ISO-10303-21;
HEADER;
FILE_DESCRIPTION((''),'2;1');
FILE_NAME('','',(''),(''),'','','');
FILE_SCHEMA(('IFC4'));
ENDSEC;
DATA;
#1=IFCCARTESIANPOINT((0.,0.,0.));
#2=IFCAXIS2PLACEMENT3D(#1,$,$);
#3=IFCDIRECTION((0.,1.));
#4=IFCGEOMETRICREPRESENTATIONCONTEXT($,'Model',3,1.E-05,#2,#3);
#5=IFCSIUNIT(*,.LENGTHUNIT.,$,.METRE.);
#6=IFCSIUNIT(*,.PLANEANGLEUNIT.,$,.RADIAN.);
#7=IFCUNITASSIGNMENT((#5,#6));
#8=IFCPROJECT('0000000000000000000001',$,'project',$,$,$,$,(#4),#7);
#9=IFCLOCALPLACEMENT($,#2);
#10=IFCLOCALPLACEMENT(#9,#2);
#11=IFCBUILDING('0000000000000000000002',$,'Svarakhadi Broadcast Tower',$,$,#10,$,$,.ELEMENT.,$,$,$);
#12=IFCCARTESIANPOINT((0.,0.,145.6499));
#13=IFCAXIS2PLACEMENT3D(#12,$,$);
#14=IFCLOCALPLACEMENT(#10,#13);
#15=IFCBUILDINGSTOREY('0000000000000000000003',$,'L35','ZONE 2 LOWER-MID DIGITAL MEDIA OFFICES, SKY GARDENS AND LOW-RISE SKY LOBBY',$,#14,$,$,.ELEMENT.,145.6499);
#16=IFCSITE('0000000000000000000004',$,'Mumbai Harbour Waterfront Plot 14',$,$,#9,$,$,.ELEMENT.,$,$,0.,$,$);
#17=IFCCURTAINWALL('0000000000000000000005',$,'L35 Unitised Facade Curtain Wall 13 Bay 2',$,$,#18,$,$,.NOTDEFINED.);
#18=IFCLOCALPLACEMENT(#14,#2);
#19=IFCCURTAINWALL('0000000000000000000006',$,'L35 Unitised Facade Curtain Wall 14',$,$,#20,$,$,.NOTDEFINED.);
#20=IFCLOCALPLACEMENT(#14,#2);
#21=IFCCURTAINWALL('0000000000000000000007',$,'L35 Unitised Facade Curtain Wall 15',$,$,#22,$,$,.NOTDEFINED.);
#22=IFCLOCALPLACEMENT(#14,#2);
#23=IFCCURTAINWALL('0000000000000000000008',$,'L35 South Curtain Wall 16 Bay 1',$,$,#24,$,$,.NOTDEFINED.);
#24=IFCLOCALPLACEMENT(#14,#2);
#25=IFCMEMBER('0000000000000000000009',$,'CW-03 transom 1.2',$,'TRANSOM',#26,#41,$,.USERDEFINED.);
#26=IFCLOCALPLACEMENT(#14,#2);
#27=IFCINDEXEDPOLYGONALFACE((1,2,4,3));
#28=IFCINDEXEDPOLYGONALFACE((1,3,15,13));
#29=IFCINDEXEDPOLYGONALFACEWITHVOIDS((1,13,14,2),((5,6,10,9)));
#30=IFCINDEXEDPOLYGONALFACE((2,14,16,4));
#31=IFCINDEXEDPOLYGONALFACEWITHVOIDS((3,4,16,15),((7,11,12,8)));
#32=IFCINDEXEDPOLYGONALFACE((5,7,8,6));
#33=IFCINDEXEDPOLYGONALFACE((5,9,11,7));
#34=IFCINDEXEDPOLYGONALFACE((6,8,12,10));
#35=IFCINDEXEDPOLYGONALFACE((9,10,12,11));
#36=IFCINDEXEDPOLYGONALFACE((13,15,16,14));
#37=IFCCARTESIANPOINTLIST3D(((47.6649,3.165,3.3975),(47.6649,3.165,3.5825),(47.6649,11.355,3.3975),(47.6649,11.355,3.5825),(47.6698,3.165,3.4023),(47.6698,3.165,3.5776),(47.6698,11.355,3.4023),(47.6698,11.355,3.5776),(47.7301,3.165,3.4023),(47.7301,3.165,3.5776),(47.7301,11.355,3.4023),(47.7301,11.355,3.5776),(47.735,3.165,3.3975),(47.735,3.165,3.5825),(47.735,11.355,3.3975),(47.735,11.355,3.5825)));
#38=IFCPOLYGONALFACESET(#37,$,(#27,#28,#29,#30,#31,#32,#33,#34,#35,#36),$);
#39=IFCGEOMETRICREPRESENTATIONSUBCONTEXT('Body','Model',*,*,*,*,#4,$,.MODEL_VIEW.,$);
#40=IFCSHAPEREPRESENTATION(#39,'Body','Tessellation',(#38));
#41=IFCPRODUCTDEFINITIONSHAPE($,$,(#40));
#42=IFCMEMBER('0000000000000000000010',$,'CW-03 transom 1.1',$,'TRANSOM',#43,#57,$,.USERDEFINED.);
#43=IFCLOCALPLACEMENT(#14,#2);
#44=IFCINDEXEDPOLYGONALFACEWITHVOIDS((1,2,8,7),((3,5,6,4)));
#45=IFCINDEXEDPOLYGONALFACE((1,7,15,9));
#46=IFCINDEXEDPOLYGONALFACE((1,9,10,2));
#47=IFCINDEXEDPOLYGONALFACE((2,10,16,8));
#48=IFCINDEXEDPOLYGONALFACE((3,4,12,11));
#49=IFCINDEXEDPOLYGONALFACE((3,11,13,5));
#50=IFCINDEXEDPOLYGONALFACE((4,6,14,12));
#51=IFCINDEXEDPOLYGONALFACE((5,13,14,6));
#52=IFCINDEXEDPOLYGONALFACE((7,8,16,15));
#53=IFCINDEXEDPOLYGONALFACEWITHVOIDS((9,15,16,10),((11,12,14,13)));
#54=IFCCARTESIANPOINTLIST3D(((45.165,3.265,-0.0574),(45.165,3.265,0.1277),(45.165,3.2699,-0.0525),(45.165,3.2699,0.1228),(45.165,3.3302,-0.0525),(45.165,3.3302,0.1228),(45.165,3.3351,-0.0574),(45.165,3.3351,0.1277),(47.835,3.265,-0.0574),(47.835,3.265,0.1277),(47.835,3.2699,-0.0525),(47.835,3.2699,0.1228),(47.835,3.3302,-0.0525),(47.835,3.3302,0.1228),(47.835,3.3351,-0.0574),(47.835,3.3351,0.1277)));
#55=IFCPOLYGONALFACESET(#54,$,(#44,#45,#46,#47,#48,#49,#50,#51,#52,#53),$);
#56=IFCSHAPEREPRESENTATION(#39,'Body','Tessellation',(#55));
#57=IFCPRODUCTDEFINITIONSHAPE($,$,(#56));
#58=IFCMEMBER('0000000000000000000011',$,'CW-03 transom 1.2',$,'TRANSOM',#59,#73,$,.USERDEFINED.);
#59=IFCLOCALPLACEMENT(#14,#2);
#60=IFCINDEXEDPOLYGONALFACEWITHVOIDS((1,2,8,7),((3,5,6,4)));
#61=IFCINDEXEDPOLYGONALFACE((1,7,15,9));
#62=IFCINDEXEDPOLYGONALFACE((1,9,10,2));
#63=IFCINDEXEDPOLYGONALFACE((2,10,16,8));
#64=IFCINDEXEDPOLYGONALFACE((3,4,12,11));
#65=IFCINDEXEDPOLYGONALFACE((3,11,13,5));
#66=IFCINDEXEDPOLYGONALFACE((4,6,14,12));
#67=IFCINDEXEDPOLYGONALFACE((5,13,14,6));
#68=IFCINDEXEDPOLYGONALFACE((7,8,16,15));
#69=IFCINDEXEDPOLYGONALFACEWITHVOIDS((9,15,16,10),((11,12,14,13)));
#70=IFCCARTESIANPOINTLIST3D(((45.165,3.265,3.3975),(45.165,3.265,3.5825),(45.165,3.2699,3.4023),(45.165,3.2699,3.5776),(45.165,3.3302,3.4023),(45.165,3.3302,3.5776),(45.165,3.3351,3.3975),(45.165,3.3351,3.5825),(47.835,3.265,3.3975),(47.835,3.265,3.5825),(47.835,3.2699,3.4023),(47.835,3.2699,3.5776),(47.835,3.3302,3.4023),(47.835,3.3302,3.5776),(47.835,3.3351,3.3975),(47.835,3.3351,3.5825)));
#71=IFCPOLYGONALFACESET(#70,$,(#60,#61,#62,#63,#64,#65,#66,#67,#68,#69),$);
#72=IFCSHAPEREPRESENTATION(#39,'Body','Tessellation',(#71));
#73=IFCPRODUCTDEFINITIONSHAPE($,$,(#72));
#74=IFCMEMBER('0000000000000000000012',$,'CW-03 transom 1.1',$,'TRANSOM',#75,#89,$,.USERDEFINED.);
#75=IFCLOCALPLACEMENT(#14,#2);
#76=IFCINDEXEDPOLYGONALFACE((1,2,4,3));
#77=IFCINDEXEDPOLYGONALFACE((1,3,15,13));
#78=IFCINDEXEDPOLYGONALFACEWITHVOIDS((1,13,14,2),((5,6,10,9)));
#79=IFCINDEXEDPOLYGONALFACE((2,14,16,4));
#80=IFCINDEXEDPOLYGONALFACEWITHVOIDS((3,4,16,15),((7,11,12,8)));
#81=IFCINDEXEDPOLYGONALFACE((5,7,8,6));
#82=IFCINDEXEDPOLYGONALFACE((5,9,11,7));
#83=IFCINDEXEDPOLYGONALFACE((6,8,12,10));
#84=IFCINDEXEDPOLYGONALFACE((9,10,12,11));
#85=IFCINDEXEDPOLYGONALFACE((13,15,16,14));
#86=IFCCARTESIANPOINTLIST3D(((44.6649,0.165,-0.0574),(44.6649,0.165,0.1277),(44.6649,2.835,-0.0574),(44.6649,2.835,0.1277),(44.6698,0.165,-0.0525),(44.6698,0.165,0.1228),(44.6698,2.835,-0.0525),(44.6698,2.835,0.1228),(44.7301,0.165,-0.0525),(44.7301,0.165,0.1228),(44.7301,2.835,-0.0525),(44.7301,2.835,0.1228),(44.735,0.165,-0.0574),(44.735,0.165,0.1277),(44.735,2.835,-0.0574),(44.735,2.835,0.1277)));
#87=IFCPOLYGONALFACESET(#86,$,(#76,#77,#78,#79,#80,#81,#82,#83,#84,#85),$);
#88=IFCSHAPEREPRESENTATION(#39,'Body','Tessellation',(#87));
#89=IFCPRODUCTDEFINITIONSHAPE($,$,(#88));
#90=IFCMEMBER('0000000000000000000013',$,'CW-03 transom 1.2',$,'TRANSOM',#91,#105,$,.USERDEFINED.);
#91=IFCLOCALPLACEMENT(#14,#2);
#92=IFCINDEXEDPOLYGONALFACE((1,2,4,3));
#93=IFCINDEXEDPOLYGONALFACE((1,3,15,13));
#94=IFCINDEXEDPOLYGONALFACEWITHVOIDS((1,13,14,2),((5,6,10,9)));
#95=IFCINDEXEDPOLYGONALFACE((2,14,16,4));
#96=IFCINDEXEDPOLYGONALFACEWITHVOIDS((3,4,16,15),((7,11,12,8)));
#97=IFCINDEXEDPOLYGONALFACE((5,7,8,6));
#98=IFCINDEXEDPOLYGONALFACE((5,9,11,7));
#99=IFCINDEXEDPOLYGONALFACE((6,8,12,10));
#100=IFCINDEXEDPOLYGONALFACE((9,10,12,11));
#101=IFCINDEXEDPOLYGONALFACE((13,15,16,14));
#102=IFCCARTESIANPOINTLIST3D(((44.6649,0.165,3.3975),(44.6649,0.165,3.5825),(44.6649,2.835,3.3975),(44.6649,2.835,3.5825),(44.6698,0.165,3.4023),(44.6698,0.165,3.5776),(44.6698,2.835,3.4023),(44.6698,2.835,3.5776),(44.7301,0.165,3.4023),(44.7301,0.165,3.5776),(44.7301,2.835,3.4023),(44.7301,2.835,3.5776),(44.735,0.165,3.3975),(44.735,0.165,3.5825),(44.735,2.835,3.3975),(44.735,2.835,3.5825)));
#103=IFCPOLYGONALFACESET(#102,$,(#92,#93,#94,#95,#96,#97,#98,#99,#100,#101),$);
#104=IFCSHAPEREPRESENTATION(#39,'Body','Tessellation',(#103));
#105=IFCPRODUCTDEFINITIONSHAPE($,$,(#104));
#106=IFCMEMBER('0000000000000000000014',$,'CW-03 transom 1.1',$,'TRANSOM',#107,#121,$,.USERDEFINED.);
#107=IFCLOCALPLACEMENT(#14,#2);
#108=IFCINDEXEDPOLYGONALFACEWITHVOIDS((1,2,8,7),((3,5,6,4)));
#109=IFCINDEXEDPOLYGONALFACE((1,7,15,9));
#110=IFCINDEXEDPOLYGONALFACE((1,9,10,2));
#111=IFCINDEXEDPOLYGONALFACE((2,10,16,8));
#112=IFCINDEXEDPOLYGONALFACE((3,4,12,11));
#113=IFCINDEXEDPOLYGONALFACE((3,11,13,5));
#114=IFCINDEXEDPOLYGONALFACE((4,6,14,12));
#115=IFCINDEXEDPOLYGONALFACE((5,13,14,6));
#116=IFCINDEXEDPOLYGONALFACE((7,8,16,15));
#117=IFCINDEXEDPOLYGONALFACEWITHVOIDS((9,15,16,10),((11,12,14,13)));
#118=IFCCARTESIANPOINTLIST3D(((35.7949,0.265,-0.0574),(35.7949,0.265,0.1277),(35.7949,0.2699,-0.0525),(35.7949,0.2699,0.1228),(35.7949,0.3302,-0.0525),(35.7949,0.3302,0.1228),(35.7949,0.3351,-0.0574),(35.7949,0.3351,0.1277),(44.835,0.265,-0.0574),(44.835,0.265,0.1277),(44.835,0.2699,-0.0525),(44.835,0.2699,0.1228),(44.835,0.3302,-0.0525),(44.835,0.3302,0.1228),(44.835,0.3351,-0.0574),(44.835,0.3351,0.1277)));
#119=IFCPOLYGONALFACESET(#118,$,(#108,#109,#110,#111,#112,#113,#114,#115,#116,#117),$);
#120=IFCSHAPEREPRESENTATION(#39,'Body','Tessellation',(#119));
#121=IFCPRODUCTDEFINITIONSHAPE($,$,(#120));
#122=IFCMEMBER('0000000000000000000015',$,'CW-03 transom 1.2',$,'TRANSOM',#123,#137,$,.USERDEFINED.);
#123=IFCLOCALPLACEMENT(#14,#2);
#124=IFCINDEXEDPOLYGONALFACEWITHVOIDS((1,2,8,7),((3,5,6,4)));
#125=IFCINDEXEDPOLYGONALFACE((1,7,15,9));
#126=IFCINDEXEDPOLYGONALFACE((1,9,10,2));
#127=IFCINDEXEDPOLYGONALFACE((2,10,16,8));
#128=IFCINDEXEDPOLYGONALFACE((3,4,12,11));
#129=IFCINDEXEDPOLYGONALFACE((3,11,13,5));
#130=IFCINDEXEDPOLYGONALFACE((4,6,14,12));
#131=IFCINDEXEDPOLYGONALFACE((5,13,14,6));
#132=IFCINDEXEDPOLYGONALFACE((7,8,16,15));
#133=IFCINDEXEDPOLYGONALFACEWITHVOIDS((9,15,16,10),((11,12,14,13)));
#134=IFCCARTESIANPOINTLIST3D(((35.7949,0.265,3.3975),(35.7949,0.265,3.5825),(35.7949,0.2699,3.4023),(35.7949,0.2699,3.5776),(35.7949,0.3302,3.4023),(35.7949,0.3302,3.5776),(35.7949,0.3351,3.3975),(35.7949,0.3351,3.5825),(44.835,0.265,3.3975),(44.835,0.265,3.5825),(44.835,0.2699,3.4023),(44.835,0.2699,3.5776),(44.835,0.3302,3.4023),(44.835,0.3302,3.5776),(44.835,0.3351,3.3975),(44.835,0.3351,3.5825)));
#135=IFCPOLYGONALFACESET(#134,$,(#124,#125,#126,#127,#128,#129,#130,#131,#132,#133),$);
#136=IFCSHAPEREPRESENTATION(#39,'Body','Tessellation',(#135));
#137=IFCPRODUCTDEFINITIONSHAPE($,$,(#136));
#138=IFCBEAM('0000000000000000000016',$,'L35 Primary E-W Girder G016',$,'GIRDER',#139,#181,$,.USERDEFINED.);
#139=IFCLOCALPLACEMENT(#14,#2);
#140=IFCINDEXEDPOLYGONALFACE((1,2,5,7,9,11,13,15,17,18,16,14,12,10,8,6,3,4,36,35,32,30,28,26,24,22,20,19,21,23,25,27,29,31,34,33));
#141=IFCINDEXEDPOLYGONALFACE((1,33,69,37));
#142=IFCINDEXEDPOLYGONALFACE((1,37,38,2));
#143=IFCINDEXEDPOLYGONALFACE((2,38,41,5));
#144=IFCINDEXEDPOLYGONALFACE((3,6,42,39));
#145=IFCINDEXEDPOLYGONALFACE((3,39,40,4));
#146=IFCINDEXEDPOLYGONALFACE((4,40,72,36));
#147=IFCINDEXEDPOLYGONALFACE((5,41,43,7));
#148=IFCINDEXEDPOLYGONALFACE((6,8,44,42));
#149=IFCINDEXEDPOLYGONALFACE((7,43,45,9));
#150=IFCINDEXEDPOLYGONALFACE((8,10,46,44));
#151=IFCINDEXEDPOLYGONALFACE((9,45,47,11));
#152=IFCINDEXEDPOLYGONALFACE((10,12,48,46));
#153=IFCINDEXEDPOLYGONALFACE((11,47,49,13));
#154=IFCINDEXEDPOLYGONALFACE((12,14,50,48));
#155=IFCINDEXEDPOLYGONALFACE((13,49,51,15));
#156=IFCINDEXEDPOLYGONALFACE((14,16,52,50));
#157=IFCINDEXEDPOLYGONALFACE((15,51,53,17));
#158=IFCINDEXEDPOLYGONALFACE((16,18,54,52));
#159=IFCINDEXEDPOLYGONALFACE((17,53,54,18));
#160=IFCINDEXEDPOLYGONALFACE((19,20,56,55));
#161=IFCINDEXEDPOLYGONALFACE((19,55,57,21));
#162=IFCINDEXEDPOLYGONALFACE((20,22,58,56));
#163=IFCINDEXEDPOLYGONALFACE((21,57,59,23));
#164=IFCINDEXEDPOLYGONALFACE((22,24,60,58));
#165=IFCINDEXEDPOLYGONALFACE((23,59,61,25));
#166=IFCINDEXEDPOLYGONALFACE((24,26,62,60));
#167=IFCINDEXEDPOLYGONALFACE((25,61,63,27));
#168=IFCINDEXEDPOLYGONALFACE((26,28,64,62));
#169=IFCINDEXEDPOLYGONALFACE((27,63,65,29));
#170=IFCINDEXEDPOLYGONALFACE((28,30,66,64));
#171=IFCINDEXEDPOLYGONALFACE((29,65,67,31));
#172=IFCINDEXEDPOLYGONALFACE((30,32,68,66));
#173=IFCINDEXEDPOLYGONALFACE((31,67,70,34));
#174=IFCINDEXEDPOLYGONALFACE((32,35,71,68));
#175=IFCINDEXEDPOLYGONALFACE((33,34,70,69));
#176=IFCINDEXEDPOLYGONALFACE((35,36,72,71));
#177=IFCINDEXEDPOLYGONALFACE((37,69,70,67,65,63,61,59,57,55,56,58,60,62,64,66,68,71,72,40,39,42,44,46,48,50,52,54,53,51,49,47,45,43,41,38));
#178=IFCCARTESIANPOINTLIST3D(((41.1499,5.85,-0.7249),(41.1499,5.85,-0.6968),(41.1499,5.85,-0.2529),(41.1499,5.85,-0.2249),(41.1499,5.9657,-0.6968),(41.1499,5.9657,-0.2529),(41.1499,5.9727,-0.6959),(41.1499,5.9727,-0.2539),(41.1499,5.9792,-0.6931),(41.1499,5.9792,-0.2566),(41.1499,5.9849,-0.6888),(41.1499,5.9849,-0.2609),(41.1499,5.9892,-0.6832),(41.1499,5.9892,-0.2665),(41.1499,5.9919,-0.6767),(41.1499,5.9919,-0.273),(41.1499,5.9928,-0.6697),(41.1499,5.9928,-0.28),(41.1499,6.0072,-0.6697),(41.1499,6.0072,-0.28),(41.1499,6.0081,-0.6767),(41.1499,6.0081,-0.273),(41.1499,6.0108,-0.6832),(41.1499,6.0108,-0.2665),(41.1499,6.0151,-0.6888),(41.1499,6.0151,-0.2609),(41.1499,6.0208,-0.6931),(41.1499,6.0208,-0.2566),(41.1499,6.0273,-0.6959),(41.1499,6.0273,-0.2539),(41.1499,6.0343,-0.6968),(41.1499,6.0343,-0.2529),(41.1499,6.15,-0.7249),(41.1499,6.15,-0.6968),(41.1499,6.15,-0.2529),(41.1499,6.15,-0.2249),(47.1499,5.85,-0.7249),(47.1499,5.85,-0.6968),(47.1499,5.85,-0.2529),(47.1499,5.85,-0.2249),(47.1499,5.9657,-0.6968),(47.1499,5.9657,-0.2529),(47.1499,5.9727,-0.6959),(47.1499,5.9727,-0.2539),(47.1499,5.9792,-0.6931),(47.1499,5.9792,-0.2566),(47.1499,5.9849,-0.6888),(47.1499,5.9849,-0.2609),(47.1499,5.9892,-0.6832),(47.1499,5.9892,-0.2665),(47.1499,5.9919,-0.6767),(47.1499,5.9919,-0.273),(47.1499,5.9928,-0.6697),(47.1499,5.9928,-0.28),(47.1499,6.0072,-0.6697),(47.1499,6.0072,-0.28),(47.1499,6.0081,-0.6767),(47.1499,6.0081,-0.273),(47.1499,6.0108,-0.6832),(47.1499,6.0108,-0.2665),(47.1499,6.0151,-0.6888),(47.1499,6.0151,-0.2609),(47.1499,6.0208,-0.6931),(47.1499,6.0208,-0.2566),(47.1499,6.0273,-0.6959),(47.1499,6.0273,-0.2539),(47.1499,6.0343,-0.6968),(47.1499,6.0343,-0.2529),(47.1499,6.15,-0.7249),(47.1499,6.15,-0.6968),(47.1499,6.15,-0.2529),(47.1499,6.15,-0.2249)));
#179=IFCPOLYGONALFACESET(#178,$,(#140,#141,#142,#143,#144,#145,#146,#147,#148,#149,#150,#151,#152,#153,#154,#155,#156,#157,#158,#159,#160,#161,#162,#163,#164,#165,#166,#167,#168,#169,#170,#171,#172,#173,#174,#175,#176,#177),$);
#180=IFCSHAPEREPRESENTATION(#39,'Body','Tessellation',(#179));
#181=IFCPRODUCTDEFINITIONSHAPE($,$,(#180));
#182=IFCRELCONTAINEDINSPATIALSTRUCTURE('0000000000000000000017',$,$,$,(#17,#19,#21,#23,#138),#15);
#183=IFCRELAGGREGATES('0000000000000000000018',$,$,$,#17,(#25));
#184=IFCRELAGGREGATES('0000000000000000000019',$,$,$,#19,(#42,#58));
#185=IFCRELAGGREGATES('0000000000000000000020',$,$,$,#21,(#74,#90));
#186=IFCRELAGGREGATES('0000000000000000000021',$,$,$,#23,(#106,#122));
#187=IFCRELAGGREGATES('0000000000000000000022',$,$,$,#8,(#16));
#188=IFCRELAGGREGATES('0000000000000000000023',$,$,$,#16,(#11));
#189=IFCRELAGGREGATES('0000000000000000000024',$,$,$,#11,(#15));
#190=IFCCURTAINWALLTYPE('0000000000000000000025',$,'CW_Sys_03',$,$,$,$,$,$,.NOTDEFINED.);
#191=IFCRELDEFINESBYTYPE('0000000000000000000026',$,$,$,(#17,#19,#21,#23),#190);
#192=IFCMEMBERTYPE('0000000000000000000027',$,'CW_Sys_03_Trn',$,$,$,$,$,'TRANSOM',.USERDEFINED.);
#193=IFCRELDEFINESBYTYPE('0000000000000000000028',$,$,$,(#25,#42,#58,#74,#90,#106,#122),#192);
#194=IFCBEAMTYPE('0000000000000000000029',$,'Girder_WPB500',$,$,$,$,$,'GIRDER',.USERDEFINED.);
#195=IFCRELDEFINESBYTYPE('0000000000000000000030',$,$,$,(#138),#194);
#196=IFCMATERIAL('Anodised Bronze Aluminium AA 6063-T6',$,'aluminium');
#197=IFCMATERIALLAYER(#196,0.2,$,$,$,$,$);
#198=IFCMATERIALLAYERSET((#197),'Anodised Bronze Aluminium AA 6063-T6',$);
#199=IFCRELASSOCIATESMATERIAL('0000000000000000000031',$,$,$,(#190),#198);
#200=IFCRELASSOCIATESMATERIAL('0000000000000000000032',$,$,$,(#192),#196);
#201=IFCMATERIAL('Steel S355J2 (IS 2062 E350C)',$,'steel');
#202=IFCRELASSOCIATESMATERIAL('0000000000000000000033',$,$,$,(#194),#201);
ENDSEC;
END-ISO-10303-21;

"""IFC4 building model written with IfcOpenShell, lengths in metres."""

from ifc_helpers import new_model, si_unit, direction, frame, origin, origin_2d, place, context, subcontext, project, spatial, hollow_rectangle, i_section, extrude, material, layer, layer_set, material_profile, profile_set, type_object, element, aggregate, save


model = new_model("IFC4")

# Units and contexts
model_context = context("Model", 3, precision=1e-05, world=origin(), true_north=direction((0.0, 1.0)))
body_context = subcontext(model_context, "Body", "Model", "MODEL_VIEW")
ifc_project = project(units=[si_unit("LENGTHUNIT", "METRE"), si_unit("PLANEANGLEUNIT", "RADIAN")], contexts=[model_context])

# Site, building, storey
site_placement = place(None, origin())
site = spatial("IfcSite", under=ifc_project, at=site_placement, Name="Mumbai Harbour Waterfront Plot 14", CompositionType="ELEMENT", RefElevation=0.0)
building_placement = place(site_placement, origin())
building = spatial("IfcBuilding", under=site, at=building_placement, Name="Svarakhadi Broadcast Tower", CompositionType="ELEMENT")
storey_placement = place(building_placement, frame((0.0, 0.0, 145.6499)))
storey = spatial("IfcBuildingStorey", under=building, at=storey_placement, Name="L35", Description="ZONE 2 LOWER-MID DIGITAL MEDIA OFFICES, SKY GARDENS AND LOW-RISE SKY LOBBY", CompositionType="ELEMENT", Elevation=145.6499)

# Shared definitions
ifc_material_1 = material(Name="Steel S355J2 (IS 2062 E350C)", Category="steel")

# Curtain walls
ifc_material_2 = material(Name="Anodised Bronze Aluminium AA 6063-T6", Category="aluminium")
ifc_layer_1 = layer(ifc_material_2, 0.2)
ifc_layer_set_1 = layer_set([ifc_layer_1], Name="Anodised Bronze Aluminium AA 6063-T6")
curtain_wall_type = type_object("IfcCurtainWallType", Name="CW_Sys_03", PredefinedType="NOTDEFINED", material=ifc_layer_set_1)
curtain_wall_1_placement = place(storey_placement, origin())
curtain_wall_1 = element("IfcCurtainWall", 1, at=curtain_wall_1_placement, inside=storey, type_object=curtain_wall_type, Name="L35 Unitised Facade Curtain Wall 13 Bay 2", PredefinedType="NOTDEFINED")
curtain_wall_2_placement = place(storey_placement, origin())
curtain_wall_2 = element("IfcCurtainWall", 2, at=curtain_wall_2_placement, inside=storey, type_object=curtain_wall_type, Name="L35 Unitised Facade Curtain Wall 14", PredefinedType="NOTDEFINED")
curtain_wall_3_placement = place(storey_placement, origin())
curtain_wall_3 = element("IfcCurtainWall", 3, at=curtain_wall_3_placement, inside=storey, type_object=curtain_wall_type, Name="L35 Unitised Facade Curtain Wall 15", PredefinedType="NOTDEFINED")

# Curtain wall
curtain_wall_4_placement = place(storey_placement, origin())
curtain_wall_4 = element("IfcCurtainWall", 4, at=curtain_wall_4_placement, inside=storey, type_object=curtain_wall_type, Name="L35 South Curtain Wall 16 Bay 1", PredefinedType="NOTDEFINED")

# Members
ifc_material_profile_1 = material_profile(ifc_material_2, hollow_rectangle(XDim=0.0701, YDim=0.1851, WallThickness=0.0049, at=origin_2d()), Name="ALU TRANSOM 185x70x5")
ifc_profile_set_1 = profile_set([ifc_material_profile_1], Name="Anodised Bronze Aluminium AA 6063-T6")
member_type_1 = type_object("IfcMemberType", Name="CW_Sys_03_Trn", ElementType="TRANSOM", PredefinedType="USERDEFINED", material=ifc_profile_set_1)
member_1_placement = place(storey_placement, frame((47.7, 11.355, 3.49), z_axis=(0.0, -1.0, 0.0), x_axis=(1.0, 0.0, 0.0)))
member_1 = element("IfcMember", 5, at=member_1_placement, type_object=member_type_1, Name="CW-03 transom 1.2", ObjectType="TRANSOM", PredefinedType="USERDEFINED", context=body_context, shape_type="SweptSolid", body=[
    extrude(hollow_rectangle(XDim=0.0701, YDim=0.1851, WallThickness=0.0049, at=origin_2d()), origin(), (0.0, 0.0, 1.0), 8.1899),
])
member_2_placement = place(storey_placement, frame((47.835, 3.3, 0.0352), z_axis=(-1.0, 0.0, 0.0), x_axis=(0.0, -1.0, 0.0)))
member_2 = element("IfcMember", 6, at=member_2_placement, type_object=member_type_1, Name="CW-03 transom 1.1", ObjectType="TRANSOM", PredefinedType="USERDEFINED", context=body_context, shape_type="SweptSolid", body=[
    extrude(hollow_rectangle(XDim=0.0701, YDim=0.1851, WallThickness=0.0049, at=origin_2d()), origin(), (0.0, 0.0, 1.0), 2.6699),
])
member_3_placement = place(storey_placement, frame((47.835, 3.3, 3.49), z_axis=(-1.0, 0.0, 0.0), x_axis=(0.0, -1.0, 0.0)))
member_3 = element("IfcMember", 7, at=member_3_placement, type_object=member_type_1, Name="CW-03 transom 1.2", ObjectType="TRANSOM", PredefinedType="USERDEFINED", context=body_context, shape_type="SweptSolid", body=[
    extrude(hollow_rectangle(XDim=0.0701, YDim=0.1851, WallThickness=0.0049, at=origin_2d()), origin(), (0.0, 0.0, 1.0), 2.6699),
])
member_4_placement = place(storey_placement, frame((44.7, 2.835, 0.0352), z_axis=(0.0, -1.0, 0.0), x_axis=(1.0, 0.0, 0.0)))
member_4 = element("IfcMember", 8, at=member_4_placement, type_object=member_type_1, Name="CW-03 transom 1.1", ObjectType="TRANSOM", PredefinedType="USERDEFINED", context=body_context, shape_type="SweptSolid", body=[
    extrude(hollow_rectangle(XDim=0.0701, YDim=0.1851, WallThickness=0.0049, at=origin_2d()), origin(), (0.0, 0.0, 1.0), 2.6699),
])
member_5_placement = place(storey_placement, frame((44.7, 2.835, 3.49), z_axis=(0.0, -1.0, 0.0), x_axis=(1.0, 0.0, 0.0)))
member_5 = element("IfcMember", 9, at=member_5_placement, type_object=member_type_1, Name="CW-03 transom 1.2", ObjectType="TRANSOM", PredefinedType="USERDEFINED", context=body_context, shape_type="SweptSolid", body=[
    extrude(hollow_rectangle(XDim=0.0701, YDim=0.1851, WallThickness=0.0049, at=origin_2d()), origin(), (0.0, 0.0, 1.0), 2.6699),
])
member_6_placement = place(storey_placement, frame((44.835, 0.3, 0.0352), z_axis=(-1.0, 0.0, 0.0), x_axis=(0.0, -1.0, 0.0)))
member_6 = element("IfcMember", 10, at=member_6_placement, type_object=member_type_1, Name="CW-03 transom 1.1", ObjectType="TRANSOM", PredefinedType="USERDEFINED", context=body_context, shape_type="SweptSolid", body=[
    extrude(hollow_rectangle(XDim=0.0701, YDim=0.1851, WallThickness=0.0049, at=origin_2d()), origin(), (0.0, 0.0, 1.0), 9.04),
])
member_7_placement = place(storey_placement, frame((44.835, 0.3, 3.49), z_axis=(-1.0, 0.0, 0.0), x_axis=(0.0, -1.0, 0.0)))
member_7 = element("IfcMember", 11, at=member_7_placement, type_object=member_type_1, Name="CW-03 transom 1.2", ObjectType="TRANSOM", PredefinedType="USERDEFINED", context=body_context, shape_type="SweptSolid", body=[
    extrude(hollow_rectangle(XDim=0.0701, YDim=0.1851, WallThickness=0.0049, at=origin_2d()), origin(), (0.0, 0.0, 1.0), 9.04),
])

# Beam
ifc_material_profile_2 = material_profile(ifc_material_1, i_section(OverallWidth=0.3, OverallDepth=0.5, WebThickness=0.0144, FlangeThickness=0.0281, FilletRadius=0.0271, at=origin_2d()), Name="WPB 500x300x187")
ifc_profile_set_2 = profile_set([ifc_material_profile_2], Name="Steel S355J2 (IS 2062 E350C)")
beam_type_1 = type_object("IfcBeamType", Name="Girder_WPB500", ElementType="GIRDER", PredefinedType="USERDEFINED", material=ifc_profile_set_2)
beam_1_placement = place(storey_placement, frame((41.1499, 6.0, -0.4749), z_axis=(1.0, 0.0, 0.0), x_axis=(0.0, 1.0, 0.0)))
element("IfcBeam", 12, at=beam_1_placement, inside=storey, type_object=beam_type_1, Name="L35 Primary E-W Girder G016", ObjectType="GIRDER", PredefinedType="USERDEFINED", context=body_context, shape_type="SweptSolid", body=[
    extrude(i_section(OverallWidth=0.3, OverallDepth=0.5, WebThickness=0.0144, FlangeThickness=0.0281, FilletRadius=0.0271, at=origin_2d()), origin(), (0.0, 0.0, 1.0), 6.0),
])

aggregate(curtain_wall_1, [member_1])
aggregate(curtain_wall_2, [member_2, member_3])
aggregate(curtain_wall_3, [member_4, member_5])
aggregate(curtain_wall_4, [member_6, member_7])

save(model, "model.ifc")
